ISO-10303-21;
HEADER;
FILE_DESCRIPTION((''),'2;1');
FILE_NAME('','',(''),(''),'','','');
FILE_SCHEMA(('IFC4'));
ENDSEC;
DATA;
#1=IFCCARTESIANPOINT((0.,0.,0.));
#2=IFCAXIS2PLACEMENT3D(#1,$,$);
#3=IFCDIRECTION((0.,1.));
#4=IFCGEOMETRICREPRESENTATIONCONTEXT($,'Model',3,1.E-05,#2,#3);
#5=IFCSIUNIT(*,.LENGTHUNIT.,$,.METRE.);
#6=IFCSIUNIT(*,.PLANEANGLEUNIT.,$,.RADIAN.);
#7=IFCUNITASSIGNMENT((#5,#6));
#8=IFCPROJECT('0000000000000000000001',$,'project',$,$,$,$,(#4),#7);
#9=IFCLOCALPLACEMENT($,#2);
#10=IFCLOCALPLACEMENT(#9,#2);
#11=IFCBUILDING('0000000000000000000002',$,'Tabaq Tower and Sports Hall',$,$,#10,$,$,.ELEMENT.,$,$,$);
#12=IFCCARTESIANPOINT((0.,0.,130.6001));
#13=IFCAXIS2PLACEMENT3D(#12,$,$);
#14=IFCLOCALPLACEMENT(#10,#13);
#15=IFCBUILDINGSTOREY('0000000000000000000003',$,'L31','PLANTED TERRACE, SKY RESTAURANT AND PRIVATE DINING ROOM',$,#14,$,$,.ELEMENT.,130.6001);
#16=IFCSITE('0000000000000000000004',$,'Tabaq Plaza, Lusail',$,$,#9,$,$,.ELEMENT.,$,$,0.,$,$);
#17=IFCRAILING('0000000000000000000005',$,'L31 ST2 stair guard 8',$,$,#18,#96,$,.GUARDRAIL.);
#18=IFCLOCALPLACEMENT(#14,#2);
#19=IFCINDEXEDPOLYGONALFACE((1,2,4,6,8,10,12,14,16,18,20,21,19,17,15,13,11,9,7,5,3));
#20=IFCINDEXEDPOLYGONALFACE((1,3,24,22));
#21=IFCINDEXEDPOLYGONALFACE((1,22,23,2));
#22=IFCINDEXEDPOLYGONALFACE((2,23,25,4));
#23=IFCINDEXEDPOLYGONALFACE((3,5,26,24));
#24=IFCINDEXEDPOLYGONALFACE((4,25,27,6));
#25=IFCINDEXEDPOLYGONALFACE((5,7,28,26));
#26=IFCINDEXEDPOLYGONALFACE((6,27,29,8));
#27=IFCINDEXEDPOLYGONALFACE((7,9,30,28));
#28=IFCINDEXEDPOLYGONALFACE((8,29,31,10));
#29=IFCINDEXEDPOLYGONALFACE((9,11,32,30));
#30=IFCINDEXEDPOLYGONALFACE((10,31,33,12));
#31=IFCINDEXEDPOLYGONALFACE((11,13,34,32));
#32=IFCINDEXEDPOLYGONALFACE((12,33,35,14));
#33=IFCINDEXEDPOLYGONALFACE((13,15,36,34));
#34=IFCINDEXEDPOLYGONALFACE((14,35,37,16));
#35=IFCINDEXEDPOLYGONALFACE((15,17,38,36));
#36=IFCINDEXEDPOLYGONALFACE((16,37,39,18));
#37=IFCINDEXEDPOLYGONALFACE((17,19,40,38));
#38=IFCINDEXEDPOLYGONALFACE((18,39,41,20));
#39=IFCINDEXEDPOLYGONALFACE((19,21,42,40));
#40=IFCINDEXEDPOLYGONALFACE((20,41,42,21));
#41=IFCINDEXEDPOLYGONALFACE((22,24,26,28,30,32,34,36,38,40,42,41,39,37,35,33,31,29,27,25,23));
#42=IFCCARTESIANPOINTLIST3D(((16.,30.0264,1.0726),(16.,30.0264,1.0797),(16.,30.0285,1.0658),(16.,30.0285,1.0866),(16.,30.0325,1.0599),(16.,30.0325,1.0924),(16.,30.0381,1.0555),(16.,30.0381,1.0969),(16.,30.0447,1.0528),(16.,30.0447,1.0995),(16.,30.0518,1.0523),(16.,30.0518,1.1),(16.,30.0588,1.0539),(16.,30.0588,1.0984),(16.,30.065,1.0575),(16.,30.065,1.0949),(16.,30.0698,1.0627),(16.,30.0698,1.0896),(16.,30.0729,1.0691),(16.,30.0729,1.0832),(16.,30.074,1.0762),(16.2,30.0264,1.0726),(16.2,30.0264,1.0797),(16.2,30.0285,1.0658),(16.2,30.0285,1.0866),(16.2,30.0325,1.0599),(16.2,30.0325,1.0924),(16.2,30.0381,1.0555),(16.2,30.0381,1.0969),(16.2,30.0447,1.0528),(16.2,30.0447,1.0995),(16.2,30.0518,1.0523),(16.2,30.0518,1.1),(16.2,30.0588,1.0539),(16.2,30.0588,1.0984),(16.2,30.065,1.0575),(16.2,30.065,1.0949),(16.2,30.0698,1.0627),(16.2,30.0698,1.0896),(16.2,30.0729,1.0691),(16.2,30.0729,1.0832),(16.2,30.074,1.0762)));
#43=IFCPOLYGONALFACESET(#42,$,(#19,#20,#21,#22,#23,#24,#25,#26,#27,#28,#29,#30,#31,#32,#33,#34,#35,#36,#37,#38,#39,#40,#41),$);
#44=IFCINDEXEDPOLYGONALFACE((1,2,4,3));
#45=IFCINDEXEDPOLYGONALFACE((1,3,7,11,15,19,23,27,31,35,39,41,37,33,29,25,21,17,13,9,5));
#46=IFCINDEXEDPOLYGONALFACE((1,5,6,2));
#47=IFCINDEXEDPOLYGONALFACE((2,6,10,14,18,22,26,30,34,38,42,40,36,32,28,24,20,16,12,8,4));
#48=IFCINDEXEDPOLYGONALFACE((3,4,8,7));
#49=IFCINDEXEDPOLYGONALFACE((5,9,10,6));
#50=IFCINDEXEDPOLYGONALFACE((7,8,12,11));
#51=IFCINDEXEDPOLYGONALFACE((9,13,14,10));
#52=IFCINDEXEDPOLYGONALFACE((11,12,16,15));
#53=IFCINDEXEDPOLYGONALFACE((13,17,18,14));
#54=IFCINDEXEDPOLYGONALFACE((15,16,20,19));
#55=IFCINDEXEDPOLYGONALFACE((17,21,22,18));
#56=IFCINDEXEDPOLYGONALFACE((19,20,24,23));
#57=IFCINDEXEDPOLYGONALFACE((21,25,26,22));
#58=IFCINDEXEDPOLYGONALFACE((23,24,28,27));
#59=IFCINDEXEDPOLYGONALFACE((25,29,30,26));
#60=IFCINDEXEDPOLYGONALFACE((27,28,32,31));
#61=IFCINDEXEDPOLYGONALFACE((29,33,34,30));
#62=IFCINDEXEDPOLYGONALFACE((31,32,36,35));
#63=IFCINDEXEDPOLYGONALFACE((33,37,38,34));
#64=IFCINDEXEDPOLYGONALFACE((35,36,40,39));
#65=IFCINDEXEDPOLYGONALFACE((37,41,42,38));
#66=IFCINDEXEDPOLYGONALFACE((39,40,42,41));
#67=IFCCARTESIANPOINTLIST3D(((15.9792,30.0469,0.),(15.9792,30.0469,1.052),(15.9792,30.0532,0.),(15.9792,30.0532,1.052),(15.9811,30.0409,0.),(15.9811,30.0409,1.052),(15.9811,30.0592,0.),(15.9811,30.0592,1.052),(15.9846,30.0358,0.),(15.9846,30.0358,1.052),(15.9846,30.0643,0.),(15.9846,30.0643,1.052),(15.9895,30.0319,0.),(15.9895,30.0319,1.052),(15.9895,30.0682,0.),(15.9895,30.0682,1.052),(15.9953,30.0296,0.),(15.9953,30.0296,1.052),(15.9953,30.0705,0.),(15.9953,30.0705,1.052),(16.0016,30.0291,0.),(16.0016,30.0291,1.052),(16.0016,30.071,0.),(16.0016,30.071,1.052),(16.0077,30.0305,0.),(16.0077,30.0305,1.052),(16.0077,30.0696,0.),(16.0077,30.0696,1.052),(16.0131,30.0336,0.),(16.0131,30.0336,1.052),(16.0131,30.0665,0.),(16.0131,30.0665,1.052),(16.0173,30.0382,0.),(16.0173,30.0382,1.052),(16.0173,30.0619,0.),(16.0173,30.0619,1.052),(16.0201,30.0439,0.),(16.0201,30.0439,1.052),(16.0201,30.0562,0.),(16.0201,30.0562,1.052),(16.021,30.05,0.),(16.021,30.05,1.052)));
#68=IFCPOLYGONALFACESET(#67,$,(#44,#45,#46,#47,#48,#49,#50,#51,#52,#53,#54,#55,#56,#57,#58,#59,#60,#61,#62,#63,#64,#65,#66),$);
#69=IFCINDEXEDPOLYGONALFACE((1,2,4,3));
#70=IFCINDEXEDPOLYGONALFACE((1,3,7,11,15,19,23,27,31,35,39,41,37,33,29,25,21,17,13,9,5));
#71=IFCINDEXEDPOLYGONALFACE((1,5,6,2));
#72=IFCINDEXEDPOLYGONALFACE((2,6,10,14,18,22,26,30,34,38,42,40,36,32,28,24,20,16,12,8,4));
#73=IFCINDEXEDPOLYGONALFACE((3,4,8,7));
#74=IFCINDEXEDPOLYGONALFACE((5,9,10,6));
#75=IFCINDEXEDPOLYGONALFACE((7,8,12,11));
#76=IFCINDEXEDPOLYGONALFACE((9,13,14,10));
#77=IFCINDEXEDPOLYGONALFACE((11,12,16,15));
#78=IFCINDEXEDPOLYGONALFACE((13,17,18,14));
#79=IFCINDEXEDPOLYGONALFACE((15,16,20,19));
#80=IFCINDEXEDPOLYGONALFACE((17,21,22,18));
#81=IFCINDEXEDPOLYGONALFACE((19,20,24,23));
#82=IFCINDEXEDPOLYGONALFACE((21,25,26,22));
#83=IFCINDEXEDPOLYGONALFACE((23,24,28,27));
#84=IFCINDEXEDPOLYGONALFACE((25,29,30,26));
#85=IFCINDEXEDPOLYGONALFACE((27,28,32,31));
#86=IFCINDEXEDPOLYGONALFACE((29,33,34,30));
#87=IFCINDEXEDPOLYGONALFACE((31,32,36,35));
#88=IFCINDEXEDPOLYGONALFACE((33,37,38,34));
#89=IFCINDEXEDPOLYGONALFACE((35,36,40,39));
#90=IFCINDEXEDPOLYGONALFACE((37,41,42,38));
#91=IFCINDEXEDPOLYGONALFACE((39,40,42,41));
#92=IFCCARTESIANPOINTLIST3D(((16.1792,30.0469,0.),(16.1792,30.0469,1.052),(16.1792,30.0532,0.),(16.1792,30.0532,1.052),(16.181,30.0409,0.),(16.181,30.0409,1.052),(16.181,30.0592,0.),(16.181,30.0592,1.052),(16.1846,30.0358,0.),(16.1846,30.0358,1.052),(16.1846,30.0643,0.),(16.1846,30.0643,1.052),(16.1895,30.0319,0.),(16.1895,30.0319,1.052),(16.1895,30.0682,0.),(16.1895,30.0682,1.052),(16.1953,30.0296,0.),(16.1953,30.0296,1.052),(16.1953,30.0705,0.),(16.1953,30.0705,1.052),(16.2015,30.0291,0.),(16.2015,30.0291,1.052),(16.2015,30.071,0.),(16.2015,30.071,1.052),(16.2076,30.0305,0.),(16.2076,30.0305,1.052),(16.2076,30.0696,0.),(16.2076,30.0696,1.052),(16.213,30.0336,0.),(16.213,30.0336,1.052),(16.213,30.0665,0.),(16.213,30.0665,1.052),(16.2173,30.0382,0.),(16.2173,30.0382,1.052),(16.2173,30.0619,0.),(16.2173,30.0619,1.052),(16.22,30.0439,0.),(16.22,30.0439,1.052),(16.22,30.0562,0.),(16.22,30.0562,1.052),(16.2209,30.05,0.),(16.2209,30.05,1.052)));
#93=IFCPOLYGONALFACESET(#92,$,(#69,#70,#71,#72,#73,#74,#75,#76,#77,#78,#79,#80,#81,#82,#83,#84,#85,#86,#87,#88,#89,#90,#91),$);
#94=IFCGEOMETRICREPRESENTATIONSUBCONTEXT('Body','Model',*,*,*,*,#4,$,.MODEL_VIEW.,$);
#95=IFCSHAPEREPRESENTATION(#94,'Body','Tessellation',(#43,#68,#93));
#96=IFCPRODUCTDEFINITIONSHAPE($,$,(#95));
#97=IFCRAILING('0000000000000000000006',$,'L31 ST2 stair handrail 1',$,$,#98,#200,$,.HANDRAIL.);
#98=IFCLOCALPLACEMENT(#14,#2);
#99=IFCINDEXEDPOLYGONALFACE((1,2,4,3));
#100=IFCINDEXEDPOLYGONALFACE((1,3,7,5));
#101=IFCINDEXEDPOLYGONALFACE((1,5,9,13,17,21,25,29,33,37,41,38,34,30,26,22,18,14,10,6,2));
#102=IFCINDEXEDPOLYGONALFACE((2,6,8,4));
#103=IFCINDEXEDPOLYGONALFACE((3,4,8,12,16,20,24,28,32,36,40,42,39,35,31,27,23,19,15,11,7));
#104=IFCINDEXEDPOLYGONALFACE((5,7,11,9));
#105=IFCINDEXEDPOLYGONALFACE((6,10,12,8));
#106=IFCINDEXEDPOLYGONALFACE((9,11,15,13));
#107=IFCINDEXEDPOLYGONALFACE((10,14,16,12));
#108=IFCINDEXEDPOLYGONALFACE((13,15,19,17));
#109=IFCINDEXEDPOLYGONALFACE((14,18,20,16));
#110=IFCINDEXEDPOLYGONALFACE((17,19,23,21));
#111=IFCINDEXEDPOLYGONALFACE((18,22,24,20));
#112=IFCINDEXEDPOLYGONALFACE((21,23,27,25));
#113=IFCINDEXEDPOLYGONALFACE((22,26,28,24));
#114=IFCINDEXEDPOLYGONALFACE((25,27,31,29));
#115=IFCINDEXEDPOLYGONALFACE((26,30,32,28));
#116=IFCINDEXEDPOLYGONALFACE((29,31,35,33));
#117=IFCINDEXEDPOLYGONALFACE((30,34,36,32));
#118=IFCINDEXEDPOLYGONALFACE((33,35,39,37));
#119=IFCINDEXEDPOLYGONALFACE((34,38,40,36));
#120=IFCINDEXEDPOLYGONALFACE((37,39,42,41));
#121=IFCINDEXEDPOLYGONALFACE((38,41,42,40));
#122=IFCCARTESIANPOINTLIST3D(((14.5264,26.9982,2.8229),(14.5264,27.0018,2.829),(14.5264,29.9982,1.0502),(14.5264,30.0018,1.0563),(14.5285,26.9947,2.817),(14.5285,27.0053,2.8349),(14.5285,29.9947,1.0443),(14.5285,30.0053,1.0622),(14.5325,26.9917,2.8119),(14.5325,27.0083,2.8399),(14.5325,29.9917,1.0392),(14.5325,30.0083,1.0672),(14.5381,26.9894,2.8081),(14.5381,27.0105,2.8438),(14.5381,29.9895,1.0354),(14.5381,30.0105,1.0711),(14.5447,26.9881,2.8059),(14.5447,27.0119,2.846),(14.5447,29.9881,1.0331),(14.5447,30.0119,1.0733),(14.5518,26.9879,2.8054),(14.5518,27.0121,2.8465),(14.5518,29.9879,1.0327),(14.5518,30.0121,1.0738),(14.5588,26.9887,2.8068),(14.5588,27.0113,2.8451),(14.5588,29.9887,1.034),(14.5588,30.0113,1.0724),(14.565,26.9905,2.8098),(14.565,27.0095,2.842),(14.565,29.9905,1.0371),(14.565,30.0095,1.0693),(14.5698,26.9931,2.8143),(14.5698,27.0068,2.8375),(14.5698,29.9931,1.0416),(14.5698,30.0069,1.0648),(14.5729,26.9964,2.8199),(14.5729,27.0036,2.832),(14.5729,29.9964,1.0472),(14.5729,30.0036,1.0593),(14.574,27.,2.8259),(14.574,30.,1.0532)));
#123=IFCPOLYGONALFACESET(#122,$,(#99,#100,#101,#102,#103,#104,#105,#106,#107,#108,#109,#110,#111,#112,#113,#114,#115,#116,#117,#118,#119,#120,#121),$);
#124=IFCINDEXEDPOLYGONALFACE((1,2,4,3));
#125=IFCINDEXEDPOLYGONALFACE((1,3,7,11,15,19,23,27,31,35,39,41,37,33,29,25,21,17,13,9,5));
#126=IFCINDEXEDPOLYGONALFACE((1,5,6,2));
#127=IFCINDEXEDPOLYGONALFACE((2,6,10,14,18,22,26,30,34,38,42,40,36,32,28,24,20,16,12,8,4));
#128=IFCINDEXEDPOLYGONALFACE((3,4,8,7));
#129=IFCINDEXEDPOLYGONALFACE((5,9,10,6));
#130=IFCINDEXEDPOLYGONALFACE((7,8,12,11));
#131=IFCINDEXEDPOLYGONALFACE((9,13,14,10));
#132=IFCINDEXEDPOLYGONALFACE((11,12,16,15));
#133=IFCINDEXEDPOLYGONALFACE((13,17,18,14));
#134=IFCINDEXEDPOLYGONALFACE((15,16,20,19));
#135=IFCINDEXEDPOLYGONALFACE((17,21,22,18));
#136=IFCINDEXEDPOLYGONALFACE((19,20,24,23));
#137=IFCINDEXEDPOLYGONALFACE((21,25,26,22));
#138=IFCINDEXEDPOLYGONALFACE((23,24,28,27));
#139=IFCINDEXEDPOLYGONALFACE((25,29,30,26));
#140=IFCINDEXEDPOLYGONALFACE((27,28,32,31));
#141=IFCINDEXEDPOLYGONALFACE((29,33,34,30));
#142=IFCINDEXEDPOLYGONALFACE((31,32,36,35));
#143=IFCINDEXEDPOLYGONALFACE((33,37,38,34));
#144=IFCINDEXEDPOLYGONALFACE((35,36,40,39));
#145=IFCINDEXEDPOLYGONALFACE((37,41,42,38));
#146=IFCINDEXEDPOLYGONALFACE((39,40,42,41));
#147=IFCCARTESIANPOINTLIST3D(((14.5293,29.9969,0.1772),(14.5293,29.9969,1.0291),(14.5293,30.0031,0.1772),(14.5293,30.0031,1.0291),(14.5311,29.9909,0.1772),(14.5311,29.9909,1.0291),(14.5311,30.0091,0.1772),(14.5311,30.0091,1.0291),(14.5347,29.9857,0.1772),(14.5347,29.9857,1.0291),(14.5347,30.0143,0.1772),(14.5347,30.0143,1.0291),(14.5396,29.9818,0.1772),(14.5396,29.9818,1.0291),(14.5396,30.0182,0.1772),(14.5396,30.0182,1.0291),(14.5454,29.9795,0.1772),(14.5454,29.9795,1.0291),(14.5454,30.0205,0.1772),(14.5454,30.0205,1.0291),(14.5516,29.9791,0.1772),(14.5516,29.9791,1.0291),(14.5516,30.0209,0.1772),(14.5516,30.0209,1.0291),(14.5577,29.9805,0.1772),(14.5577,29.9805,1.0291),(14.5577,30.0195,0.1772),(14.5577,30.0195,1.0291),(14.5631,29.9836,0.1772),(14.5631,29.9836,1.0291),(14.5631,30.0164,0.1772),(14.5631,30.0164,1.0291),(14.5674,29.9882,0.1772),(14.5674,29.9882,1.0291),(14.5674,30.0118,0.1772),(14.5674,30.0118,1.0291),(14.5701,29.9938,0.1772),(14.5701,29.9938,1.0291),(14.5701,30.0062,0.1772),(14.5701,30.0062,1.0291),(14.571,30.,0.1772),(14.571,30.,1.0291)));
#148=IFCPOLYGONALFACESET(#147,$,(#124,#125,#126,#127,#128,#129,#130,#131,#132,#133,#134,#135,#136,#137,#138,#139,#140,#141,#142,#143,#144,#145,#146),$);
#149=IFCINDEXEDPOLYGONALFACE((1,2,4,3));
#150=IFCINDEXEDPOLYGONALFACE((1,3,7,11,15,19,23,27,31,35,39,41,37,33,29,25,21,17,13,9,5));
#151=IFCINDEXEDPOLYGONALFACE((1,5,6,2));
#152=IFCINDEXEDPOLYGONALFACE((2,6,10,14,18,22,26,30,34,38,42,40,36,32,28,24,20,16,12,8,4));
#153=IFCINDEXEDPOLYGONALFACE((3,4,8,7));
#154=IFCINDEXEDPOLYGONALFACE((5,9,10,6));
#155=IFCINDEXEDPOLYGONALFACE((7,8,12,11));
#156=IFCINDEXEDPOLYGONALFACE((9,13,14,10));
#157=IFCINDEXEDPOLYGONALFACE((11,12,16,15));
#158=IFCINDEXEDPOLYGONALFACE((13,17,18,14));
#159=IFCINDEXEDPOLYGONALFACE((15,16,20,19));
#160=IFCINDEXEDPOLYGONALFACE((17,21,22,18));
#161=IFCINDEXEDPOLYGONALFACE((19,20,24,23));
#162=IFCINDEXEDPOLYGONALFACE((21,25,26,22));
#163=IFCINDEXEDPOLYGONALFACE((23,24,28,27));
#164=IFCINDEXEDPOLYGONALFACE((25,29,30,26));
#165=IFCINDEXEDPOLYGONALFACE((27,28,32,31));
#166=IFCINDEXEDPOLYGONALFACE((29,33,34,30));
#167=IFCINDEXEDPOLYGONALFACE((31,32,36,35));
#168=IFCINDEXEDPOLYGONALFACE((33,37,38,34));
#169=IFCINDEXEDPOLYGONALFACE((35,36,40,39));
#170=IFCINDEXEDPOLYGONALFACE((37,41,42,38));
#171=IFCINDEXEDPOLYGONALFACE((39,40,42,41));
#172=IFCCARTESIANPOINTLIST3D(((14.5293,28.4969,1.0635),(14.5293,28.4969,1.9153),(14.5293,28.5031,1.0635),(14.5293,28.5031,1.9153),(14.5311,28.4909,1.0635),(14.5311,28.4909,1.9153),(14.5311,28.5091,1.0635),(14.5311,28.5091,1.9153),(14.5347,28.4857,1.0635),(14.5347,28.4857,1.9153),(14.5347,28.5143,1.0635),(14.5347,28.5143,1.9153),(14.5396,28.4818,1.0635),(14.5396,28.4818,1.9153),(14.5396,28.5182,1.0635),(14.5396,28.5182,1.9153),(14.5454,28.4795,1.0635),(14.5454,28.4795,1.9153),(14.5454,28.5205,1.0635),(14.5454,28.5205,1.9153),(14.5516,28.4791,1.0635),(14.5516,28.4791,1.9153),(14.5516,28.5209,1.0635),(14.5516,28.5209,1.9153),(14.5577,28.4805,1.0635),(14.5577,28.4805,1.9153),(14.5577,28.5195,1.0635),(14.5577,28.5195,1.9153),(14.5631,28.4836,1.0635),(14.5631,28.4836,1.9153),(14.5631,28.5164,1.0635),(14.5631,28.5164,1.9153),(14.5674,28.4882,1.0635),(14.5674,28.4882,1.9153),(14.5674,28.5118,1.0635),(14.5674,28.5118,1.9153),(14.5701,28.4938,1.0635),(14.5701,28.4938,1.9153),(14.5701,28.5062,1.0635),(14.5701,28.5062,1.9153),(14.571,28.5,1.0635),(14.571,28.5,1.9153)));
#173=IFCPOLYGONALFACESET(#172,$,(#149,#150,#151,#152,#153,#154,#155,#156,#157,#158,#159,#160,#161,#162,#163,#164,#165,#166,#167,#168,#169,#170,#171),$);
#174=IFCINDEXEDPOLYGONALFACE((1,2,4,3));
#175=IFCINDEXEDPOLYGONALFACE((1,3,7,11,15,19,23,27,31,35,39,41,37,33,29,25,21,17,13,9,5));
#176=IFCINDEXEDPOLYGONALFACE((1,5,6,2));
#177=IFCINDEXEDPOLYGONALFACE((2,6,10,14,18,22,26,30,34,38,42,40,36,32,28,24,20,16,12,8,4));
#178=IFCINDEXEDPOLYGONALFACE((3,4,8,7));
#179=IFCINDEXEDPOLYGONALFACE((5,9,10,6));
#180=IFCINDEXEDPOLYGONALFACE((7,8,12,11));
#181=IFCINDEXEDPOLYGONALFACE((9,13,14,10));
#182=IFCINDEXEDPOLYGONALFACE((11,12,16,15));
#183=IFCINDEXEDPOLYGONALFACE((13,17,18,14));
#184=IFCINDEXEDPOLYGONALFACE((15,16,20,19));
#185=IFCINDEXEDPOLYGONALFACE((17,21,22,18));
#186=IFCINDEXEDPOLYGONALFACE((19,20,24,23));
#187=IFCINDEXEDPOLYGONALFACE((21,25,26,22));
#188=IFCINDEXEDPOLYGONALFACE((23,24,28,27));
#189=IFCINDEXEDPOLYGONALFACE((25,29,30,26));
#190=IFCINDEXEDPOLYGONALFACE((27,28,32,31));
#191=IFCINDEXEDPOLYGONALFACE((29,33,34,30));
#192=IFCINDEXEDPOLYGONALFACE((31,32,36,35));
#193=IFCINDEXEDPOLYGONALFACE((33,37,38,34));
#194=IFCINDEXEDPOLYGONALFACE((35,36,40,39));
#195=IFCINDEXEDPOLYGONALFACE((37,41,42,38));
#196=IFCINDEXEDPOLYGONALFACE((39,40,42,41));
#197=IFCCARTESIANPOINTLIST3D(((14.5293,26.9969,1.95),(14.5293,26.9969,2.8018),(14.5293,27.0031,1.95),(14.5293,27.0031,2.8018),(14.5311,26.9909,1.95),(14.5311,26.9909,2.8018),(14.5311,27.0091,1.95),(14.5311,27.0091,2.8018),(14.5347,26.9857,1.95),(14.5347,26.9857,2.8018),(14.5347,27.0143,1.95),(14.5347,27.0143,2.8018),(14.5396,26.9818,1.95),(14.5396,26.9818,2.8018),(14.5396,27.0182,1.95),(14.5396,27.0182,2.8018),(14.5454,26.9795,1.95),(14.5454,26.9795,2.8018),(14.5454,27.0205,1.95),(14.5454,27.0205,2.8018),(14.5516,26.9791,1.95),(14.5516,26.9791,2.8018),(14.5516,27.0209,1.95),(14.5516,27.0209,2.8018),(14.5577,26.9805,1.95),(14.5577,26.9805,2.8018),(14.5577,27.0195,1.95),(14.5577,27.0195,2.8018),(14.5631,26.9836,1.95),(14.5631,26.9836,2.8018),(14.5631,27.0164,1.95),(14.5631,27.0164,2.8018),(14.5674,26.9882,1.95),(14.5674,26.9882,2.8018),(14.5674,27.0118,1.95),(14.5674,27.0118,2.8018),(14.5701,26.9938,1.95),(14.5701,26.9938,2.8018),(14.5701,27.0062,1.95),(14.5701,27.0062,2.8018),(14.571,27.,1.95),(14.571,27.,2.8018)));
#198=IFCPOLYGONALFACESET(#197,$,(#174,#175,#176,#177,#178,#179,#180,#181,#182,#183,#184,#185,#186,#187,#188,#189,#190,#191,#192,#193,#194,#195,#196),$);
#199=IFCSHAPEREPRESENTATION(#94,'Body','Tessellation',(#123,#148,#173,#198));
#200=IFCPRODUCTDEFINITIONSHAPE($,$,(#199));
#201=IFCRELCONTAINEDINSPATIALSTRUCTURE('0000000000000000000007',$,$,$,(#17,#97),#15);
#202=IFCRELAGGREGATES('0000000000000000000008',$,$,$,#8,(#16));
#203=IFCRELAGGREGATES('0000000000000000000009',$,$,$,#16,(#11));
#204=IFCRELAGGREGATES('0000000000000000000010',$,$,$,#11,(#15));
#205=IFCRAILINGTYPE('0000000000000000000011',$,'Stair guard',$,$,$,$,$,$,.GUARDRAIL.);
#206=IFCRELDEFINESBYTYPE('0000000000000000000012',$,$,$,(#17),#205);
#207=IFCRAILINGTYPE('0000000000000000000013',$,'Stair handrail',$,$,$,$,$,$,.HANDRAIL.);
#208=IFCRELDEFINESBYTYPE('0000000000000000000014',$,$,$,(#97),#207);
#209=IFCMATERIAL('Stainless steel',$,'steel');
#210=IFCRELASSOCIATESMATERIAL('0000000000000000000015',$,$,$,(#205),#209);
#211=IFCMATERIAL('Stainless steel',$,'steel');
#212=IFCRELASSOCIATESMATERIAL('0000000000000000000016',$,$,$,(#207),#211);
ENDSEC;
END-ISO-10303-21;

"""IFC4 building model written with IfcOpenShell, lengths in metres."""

from ifc_helpers import new_model, si_unit, direction, frame, origin, origin_2d, place, context, subcontext, project, spatial, circle, extrude, material, type_object, element, save


model = new_model("IFC4")

# Units and contexts
model_context = context("Model", 3, precision=1e-05, world=origin(), true_north=direction((0.0, 1.0)))
body_context = subcontext(model_context, "Body", "Model", "MODEL_VIEW")
ifc_project = project(units=[si_unit("LENGTHUNIT", "METRE"), si_unit("PLANEANGLEUNIT", "RADIAN")], contexts=[model_context])

# Site, building, storey
site_placement = place(None, origin())
site = spatial("IfcSite", under=ifc_project, at=site_placement, Name="Tabaq Plaza, Lusail", CompositionType="ELEMENT", RefElevation=0.0)
building_placement = place(site_placement, origin())
building = spatial("IfcBuilding", under=site, at=building_placement, Name="Tabaq Tower and Sports Hall", CompositionType="ELEMENT")
storey_placement = place(building_placement, frame((0.0, 0.0, 130.6001)))
storey = spatial("IfcBuildingStorey", under=building, at=storey_placement, Name="L31", Description="PLANTED TERRACE, SKY RESTAURANT AND PRIVATE DINING ROOM", CompositionType="ELEMENT", Elevation=130.6001)

# Railings
ifc_material_1 = material(Name="Stainless steel", Category="steel")
railing_type_1 = type_object("IfcRailingType", Name="Stair guard", PredefinedType="GUARDRAIL", material=ifc_material_1)
railing_1_placement = place(storey_placement, frame((16.0, 30.05, 0.0)))
element("IfcRailing", 1, at=railing_1_placement, inside=storey, type_object=railing_type_1, Name="L31 ST2 stair guard 8", PredefinedType="GUARDRAIL", context=body_context, shape_type="SweptSolid", body=[
    extrude(circle(Radius=0.0239, at=origin_2d()), frame((0.0, 0.0, 1.0762), z_axis=(1.0, 0.0, 0.0), x_axis=(0.0, 1.0, 0.0)), (0.0, 0.0, 1.0), 0.2),
    extrude(circle(Radius=0.021, at=origin_2d()), origin(), (0.0, 0.0, 1.0), 1.052),
    extrude(circle(Radius=0.021, at=origin_2d()), frame((0.2, 0.0, 0.0)), (0.0, 0.0, 1.0), 1.052),
])
ifc_material_2 = material(Name="Stainless steel", Category="steel")
railing_type_2 = type_object("IfcRailingType", Name="Stair handrail", PredefinedType="HANDRAIL", material=ifc_material_2)
for number, where, name in (
    (2, (14.55, 30.0, 0.1772), "L31 ST2 stair handrail 1"),
):
    element("IfcRailing", number, at=place(storey_placement, frame(where)), inside=storey, type_object=railing_type_2, Name=name, PredefinedType="HANDRAIL", context=body_context, shape_type="SweptSolid", body=[
        extrude(circle(Radius=0.0239, at=origin_2d()), frame((0.0, 0.0, 0.876), z_axis=(0.0, -0.860929, 0.508725), x_axis=(1.0, 0.0, 0.0)), (0.0, 0.0, 1.0), 3.4846),
        extrude(circle(Radius=0.021, at=origin_2d()), origin(), (0.0, 0.0, 1.0), 0.8518),
        extrude(circle(Radius=0.021, at=origin_2d()), frame((0.0, -1.5, 0.8862)), (0.0, 0.0, 1.0), 0.8518),
        extrude(circle(Radius=0.021, at=origin_2d()), frame((0.0, -3.0, 1.7727)), (0.0, 0.0, 1.0), 0.8518),
    ])

save(model, "model.ifc")
